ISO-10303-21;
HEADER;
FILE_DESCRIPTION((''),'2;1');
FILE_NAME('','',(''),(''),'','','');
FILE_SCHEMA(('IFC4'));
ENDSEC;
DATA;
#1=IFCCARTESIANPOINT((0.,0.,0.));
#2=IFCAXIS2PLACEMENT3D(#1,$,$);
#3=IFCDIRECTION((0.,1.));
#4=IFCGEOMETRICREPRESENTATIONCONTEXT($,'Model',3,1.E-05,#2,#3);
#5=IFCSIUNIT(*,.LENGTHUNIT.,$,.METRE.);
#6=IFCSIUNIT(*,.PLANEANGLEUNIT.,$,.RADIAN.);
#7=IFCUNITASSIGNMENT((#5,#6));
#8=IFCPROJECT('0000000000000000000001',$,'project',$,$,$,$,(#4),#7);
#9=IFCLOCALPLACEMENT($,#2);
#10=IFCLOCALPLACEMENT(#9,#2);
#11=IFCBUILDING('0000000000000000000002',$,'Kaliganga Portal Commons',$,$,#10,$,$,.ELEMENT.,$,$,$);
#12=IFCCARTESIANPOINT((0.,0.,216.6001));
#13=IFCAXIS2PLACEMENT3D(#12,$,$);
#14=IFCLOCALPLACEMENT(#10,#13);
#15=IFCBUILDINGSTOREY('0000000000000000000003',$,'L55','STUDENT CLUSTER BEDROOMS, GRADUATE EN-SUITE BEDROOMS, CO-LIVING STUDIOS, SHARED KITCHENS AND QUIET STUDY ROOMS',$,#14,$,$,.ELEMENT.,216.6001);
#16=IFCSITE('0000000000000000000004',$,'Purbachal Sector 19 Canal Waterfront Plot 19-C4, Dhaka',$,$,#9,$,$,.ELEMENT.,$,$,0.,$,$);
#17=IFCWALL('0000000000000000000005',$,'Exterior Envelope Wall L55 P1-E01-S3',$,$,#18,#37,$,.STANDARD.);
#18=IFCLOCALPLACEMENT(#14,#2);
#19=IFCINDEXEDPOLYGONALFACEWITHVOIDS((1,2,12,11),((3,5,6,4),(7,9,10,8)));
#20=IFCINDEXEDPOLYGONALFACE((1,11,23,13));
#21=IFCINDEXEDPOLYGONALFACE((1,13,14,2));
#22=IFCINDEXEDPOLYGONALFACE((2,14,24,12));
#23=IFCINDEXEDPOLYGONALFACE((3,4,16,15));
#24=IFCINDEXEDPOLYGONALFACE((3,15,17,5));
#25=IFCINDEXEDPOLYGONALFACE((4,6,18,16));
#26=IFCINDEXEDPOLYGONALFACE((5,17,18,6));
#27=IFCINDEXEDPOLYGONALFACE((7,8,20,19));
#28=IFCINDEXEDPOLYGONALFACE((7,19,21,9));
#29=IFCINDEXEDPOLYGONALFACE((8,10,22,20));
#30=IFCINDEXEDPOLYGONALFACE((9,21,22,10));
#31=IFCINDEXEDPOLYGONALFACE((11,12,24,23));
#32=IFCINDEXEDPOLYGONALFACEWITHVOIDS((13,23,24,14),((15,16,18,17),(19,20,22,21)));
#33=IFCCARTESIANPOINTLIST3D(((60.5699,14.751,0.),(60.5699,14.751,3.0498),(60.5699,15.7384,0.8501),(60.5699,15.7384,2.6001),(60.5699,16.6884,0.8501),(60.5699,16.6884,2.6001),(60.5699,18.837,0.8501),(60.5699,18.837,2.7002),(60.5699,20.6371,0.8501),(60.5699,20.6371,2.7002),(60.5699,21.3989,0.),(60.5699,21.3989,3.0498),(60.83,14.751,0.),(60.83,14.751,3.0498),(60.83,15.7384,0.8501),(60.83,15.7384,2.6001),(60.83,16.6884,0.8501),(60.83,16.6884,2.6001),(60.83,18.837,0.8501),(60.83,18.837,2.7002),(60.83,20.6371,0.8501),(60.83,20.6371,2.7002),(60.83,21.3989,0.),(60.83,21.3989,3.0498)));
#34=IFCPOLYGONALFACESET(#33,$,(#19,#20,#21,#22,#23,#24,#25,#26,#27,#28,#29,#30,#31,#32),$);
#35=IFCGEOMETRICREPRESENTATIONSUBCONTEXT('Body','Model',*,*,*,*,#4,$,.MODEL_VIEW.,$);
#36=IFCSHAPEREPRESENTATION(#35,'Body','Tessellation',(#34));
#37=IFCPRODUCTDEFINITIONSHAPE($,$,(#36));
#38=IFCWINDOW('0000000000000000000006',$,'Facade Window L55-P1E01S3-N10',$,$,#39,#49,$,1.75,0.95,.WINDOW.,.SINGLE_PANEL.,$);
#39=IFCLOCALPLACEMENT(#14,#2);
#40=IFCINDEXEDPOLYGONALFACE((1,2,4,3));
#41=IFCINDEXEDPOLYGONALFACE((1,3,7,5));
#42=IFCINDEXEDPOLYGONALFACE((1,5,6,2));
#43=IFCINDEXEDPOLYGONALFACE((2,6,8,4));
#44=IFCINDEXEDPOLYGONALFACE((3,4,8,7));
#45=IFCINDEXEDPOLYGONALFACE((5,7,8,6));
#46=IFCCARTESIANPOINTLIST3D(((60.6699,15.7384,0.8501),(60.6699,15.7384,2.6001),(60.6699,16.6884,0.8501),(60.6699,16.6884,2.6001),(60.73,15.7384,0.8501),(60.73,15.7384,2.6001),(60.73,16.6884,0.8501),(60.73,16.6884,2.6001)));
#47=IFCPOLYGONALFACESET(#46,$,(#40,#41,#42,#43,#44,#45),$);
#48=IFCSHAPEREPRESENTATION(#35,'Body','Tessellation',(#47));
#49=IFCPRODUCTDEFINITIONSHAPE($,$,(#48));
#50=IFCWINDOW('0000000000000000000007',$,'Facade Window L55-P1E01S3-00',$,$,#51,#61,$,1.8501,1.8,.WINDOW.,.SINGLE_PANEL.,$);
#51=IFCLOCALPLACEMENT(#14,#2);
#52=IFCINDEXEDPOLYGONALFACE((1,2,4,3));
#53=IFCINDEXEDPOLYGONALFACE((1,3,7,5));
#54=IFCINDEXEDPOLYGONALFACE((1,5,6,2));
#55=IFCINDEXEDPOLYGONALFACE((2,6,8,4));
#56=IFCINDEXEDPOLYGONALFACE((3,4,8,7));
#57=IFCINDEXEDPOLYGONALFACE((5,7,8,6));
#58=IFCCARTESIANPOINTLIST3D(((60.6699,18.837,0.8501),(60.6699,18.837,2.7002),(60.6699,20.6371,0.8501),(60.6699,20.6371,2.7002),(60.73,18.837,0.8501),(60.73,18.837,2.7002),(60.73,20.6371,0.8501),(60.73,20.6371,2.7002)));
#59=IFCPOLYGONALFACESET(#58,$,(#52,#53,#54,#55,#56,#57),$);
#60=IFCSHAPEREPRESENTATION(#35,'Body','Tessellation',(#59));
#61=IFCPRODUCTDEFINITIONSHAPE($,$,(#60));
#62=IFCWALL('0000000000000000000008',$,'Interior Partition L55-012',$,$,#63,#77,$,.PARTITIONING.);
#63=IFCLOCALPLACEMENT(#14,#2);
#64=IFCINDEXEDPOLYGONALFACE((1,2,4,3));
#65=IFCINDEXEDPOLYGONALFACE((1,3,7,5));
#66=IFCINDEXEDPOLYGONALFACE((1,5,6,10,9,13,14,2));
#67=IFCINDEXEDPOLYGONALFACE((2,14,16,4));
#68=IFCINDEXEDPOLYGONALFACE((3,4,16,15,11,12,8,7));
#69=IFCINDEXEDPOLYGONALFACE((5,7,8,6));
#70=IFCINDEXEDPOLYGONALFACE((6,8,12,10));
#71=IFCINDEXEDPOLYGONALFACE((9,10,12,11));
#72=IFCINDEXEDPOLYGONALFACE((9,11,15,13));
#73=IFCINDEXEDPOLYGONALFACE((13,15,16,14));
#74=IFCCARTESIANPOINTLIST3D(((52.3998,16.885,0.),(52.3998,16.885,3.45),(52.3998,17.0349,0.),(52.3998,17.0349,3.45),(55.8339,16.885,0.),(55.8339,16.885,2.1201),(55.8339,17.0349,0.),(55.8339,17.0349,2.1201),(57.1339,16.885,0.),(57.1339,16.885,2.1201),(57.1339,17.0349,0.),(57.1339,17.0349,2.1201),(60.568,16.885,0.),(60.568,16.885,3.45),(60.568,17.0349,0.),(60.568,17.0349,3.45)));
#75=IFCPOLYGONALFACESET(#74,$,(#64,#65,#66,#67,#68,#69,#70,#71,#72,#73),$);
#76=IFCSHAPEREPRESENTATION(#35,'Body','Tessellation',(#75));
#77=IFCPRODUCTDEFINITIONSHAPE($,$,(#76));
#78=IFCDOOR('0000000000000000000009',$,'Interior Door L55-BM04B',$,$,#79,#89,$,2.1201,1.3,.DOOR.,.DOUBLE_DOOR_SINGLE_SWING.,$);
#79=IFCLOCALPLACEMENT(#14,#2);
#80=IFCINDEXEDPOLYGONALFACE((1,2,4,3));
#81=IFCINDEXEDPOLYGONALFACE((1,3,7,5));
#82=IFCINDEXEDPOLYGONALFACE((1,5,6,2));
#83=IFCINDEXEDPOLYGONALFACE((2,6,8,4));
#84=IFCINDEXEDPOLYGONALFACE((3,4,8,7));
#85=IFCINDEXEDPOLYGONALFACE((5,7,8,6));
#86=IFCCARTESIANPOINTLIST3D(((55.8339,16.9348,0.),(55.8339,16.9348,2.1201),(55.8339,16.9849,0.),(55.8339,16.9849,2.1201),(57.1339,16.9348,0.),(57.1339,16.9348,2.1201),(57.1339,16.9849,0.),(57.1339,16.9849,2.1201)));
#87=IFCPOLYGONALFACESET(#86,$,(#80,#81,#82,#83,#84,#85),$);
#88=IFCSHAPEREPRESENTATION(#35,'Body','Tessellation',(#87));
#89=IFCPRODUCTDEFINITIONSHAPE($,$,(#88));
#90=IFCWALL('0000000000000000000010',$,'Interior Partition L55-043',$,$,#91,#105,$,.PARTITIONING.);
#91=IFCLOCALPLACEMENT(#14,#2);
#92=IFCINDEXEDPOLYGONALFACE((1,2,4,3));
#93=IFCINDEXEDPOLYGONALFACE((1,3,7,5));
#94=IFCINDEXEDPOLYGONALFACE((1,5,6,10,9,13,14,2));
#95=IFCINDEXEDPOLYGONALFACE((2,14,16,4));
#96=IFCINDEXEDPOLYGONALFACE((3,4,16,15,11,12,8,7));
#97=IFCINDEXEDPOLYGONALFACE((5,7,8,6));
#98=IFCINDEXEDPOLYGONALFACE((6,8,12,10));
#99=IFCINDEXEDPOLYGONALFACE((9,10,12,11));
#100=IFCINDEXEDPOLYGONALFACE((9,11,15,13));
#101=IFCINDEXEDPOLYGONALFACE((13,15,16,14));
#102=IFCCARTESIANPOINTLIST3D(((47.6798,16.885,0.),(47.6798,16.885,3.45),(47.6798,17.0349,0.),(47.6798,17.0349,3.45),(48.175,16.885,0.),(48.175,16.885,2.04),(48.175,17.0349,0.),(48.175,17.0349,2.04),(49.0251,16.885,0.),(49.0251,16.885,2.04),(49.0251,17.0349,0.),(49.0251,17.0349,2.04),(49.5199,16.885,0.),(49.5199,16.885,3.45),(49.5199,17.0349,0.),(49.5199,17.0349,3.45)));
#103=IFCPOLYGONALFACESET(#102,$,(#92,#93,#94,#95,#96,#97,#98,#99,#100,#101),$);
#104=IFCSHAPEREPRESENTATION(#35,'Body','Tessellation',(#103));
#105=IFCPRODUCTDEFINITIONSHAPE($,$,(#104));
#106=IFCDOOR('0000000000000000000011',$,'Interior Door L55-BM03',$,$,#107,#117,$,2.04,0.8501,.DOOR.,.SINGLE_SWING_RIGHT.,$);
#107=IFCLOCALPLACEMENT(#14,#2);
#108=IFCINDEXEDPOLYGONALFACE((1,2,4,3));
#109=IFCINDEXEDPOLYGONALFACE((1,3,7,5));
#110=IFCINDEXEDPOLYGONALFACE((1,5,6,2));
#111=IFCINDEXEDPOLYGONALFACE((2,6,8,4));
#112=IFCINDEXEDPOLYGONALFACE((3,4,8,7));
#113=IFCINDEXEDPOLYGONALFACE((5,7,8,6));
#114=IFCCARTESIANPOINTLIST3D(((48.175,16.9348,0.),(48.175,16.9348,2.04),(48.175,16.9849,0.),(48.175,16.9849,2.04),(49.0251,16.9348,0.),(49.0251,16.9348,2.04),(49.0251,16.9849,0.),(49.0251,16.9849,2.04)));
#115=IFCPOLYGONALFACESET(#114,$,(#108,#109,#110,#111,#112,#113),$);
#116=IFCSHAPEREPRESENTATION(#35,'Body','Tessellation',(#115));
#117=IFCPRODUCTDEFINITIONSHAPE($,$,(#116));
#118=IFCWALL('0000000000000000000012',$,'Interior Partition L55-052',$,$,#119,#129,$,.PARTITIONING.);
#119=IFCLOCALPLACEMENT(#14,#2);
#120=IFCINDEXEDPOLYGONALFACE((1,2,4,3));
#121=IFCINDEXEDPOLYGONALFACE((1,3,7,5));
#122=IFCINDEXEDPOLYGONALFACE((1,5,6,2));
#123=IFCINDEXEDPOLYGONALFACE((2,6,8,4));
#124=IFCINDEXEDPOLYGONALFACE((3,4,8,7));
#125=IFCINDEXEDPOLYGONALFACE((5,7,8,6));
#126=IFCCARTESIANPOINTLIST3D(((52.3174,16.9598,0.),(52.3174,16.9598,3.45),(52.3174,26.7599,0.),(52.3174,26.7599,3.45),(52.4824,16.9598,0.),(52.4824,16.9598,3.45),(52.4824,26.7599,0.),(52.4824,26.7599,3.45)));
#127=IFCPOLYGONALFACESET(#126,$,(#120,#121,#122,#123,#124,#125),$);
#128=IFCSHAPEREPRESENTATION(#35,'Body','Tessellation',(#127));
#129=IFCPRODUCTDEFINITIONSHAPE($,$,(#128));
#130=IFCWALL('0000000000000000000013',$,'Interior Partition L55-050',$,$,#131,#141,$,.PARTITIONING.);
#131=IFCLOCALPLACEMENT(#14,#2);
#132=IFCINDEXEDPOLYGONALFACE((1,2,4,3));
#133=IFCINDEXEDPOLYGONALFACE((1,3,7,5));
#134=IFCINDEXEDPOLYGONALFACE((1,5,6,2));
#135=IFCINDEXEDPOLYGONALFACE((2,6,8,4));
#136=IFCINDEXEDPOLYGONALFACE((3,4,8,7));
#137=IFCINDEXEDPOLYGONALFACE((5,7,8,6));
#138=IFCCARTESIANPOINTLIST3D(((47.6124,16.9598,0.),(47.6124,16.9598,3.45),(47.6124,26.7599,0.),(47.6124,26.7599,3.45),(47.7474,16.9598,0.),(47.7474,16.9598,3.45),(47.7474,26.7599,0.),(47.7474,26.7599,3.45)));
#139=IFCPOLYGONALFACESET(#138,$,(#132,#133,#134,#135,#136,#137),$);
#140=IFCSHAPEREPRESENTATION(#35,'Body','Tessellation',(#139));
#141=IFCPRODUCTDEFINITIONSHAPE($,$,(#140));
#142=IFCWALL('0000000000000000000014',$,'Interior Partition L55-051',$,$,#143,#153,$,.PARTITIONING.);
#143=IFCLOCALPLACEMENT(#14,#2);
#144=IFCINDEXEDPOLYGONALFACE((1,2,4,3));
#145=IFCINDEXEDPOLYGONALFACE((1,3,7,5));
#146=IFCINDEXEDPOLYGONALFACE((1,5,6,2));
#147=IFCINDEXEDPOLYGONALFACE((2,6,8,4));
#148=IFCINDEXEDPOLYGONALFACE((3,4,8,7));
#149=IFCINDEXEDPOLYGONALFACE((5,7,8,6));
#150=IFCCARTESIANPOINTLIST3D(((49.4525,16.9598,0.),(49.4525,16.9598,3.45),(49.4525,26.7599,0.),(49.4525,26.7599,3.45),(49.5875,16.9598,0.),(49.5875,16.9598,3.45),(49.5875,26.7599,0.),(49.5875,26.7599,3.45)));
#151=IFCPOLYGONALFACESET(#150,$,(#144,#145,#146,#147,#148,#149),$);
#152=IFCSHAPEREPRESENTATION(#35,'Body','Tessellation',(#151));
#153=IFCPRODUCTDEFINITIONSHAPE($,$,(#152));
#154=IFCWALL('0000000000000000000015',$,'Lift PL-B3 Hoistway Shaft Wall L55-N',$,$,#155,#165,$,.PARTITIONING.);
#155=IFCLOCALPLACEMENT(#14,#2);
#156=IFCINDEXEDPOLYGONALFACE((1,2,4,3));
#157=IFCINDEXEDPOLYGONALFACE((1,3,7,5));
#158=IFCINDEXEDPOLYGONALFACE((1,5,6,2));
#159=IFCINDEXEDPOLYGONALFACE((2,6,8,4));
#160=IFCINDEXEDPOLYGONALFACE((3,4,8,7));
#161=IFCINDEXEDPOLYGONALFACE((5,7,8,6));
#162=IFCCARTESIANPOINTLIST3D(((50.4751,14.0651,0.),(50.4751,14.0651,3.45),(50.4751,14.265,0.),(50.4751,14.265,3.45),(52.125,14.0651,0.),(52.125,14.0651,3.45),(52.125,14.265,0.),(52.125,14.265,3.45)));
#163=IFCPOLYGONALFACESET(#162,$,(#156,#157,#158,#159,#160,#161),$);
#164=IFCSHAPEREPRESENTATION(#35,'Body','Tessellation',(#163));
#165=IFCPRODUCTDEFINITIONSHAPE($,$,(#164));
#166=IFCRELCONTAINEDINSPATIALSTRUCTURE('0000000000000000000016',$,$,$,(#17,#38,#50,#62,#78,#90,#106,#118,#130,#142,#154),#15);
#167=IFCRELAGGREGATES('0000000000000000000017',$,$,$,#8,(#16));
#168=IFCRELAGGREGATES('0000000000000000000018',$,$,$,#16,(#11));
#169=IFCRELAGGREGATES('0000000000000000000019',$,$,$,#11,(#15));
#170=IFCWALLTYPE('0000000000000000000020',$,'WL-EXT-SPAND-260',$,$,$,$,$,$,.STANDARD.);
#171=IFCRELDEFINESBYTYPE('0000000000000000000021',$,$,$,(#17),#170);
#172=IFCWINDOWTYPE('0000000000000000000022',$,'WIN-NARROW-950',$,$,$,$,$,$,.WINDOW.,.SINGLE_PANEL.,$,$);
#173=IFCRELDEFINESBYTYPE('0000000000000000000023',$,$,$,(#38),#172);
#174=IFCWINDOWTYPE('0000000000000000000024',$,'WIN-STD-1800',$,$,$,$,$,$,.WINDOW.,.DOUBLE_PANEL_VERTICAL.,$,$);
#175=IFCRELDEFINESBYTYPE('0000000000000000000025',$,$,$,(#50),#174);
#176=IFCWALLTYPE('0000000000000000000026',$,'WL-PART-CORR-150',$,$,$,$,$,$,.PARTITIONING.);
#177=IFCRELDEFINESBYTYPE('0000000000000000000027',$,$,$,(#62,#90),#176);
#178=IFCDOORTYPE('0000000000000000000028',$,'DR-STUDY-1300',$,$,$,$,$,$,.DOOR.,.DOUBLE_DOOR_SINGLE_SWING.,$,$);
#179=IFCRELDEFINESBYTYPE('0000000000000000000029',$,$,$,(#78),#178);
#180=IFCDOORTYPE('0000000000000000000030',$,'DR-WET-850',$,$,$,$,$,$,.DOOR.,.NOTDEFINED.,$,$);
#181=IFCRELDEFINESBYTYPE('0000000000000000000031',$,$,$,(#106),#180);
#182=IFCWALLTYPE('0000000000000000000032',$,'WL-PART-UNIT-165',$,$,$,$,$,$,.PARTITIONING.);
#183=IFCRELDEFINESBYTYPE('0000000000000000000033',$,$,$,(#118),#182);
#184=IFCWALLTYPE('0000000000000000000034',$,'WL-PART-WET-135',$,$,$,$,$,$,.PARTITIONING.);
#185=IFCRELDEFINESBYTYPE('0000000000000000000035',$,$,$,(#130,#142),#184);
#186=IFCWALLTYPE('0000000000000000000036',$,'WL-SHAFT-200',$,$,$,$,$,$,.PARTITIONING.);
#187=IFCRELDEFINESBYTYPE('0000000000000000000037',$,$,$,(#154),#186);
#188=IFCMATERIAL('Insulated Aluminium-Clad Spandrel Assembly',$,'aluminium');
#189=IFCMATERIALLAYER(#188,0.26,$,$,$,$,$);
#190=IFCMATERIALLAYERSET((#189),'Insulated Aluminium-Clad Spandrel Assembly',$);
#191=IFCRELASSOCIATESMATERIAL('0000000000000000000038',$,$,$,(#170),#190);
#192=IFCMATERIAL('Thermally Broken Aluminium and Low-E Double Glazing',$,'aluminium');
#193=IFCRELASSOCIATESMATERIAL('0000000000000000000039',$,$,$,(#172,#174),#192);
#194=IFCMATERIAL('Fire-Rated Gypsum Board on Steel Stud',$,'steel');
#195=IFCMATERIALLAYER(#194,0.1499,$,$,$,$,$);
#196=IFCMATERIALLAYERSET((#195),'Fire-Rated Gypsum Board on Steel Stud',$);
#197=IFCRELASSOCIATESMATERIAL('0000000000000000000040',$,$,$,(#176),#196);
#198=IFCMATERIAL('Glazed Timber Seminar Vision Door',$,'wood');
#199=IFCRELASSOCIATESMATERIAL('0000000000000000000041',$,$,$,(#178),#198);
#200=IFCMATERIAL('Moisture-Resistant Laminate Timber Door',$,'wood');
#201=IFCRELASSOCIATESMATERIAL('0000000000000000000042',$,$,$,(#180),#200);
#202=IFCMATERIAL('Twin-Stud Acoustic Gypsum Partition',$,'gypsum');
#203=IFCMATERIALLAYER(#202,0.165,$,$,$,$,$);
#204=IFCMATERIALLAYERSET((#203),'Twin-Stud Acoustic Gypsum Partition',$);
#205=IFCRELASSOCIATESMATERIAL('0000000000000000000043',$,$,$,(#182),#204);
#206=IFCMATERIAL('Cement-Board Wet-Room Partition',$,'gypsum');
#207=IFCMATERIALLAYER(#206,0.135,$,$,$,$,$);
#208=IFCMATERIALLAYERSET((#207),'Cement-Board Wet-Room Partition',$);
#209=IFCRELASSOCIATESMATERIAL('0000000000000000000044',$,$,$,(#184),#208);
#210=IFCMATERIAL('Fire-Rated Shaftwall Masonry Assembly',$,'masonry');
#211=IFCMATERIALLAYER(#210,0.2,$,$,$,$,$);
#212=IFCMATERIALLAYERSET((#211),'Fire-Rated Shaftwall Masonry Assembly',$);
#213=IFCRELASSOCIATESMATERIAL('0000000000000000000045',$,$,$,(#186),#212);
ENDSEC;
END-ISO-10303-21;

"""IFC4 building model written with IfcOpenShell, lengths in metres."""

from ifc_helpers import new_model, si_unit, direction, frame, frame_2d, origin, place, context, subcontext, project, spatial, rectangle, extrude, material, layer, layer_set, type_object, element, fill, save


model = new_model("IFC4")

# Units and contexts
model_context = context("Model", 3, precision=1e-05, world=origin(), true_north=direction((0.0, 1.0)))
body_context = subcontext(model_context, "Body", "Model", "MODEL_VIEW")
ifc_project = project(units=[si_unit("LENGTHUNIT", "METRE"), si_unit("PLANEANGLEUNIT", "RADIAN")], contexts=[model_context])

# Site, building, storey
site_placement = place(None, origin())
site = spatial("IfcSite", under=ifc_project, at=site_placement, Name="Purbachal Sector 19 Canal Waterfront Plot 19-C4, Dhaka", CompositionType="ELEMENT", RefElevation=0.0)
building_placement = place(site_placement, origin())
building = spatial("IfcBuilding", under=site, at=building_placement, Name="Kaliganga Portal Commons", CompositionType="ELEMENT")
storey_placement = place(building_placement, frame((0.0, 0.0, 216.6001)))
storey = spatial("IfcBuildingStorey", under=building, at=storey_placement, Name="L55", Description="STUDENT CLUSTER BEDROOMS, GRADUATE EN-SUITE BEDROOMS, CO-LIVING STUDIOS, SHARED KITCHENS AND QUIET STUDY ROOMS", CompositionType="ELEMENT", Elevation=216.6001)

# Shared definitions
ifc_material_1 = material(Name="Insulated Aluminium-Clad Spandrel Assembly", Category="aluminium")
ifc_layer_1 = layer(ifc_material_1, 0.26)
ifc_layer_set_1 = layer_set([ifc_layer_1], Name="Insulated Aluminium-Clad Spandrel Assembly")
wall_type_1 = type_object("IfcWallType", Name="WL-EXT-SPAND-260", PredefinedType="STANDARD", material=ifc_layer_set_1)

# Wall, openings, windows
wall_1_placement = place(storey_placement, frame((60.7, 21.3989, 0.0), z_axis=(0.0, 0.0, 1.0), x_axis=(0.0, -1.0, 0.0)))
wall_1 = element("IfcWall", 1, at=wall_1_placement, inside=storey, type_object=wall_type_1, Name="Exterior Envelope Wall L55 P1-E01-S3", PredefinedType="STANDARD", context=body_context, shape_type="SweptSolid", body=[
    extrude(rectangle(XDim=6.6479, YDim=0.26, at=frame_2d((3.324, 0.0))), origin(), (0.0, 0.0, 1.0), 3.0498),
])
opening_1_placement = place(wall_1_placement, frame((0.762, 0.0, 0.8501)))
opening_1 = element("IfcOpeningElement", 2, at=opening_1_placement, cuts=wall_1, PredefinedType="OPENING", context=body_context, shape_type="SweptSolid", body=[
    extrude(rectangle(XDim=1.8, YDim=1.8501, at=frame_2d((0.8999, 0.925))), frame((0.0, 0.1401, 0.0), z_axis=(0.0, -1.0, 0.0), x_axis=(1.0, 0.0, 0.0)), (0.0, 0.0, 1.0), 0.28),
])
opening_2_placement = place(wall_1_placement, frame((4.7104, 0.0, 0.8501)))
opening_2 = element("IfcOpeningElement", 3, at=opening_2_placement, cuts=wall_1, PredefinedType="OPENING", context=body_context, shape_type="SweptSolid", body=[
    extrude(rectangle(XDim=0.95, YDim=1.75, at=frame_2d((0.4751, 0.875))), frame((0.0, 0.1401, 0.0), z_axis=(0.0, -1.0, 0.0), x_axis=(1.0, 0.0, 0.0)), (0.0, 0.0, 1.0), 0.28),
])
ifc_material_2 = material(Name="Thermally Broken Aluminium and Low-E Double Glazing", Category="aluminium")
window_type_1 = type_object("IfcWindowType", Name="WIN-NARROW-950", PartitioningType="SINGLE_PANEL", PredefinedType="WINDOW", material=ifc_material_2)
window_1_placement = place(opening_2_placement, origin())
window_1 = element("IfcWindow", 4, at=window_1_placement, inside=storey, type_object=window_type_1, Name="Facade Window L55-P1E01S3-N10", OverallHeight=1.75, OverallWidth=0.95, PartitioningType="SINGLE_PANEL", PredefinedType="WINDOW", context=body_context, shape_type="SweptSolid", body=[
    extrude(rectangle(XDim=0.95, YDim=1.75, at=frame_2d((0.4751, 0.875))), frame((0.0, 0.03, 0.0), z_axis=(0.0, -1.0, 0.0), x_axis=(1.0, 0.0, 0.0)), (0.0, 0.0, 1.0), 0.0601),
])
fill(opening_2, window_1)
window_type_2 = type_object("IfcWindowType", Name="WIN-STD-1800", PartitioningType="DOUBLE_PANEL_VERTICAL", PredefinedType="WINDOW", material=ifc_material_2)
window_2_placement = place(opening_1_placement, origin())
window_2 = element("IfcWindow", 5, at=window_2_placement, inside=storey, type_object=window_type_2, Name="Facade Window L55-P1E01S3-00", OverallHeight=1.8501, OverallWidth=1.8, PartitioningType="SINGLE_PANEL", PredefinedType="WINDOW", context=body_context, shape_type="SweptSolid", body=[
    extrude(rectangle(XDim=1.8, YDim=1.8501, at=frame_2d((0.8999, 0.925))), frame((0.0, 0.03, 0.0), z_axis=(0.0, -1.0, 0.0), x_axis=(1.0, 0.0, 0.0)), (0.0, 0.0, 1.0), 0.0601),
])
fill(opening_1, window_2)

# Walls, openings, doors
ifc_material_3 = material(Name="Fire-Rated Gypsum Board on Steel Stud", Category="steel")
ifc_layer_2 = layer(ifc_material_3, 0.1499)
ifc_layer_set_2 = layer_set([ifc_layer_2], Name="Fire-Rated Gypsum Board on Steel Stud")
wall_type_2 = type_object("IfcWallType", Name="WL-PART-CORR-150", PredefinedType="PARTITIONING", material=ifc_layer_set_2)
wall_2_placement = place(storey_placement, frame((52.3999, 16.96, 0.0), z_axis=(0.0, 0.0, 1.0), x_axis=(1.0, 0.0, 0.0)))
wall_2 = element("IfcWall", 6, at=wall_2_placement, inside=storey, type_object=wall_type_2, Name="Interior Partition L55-012", PredefinedType="PARTITIONING", context=body_context, shape_type="SweptSolid", body=[
    extrude(rectangle(XDim=8.1682, YDim=0.1499, at=frame_2d((4.084, 0.0))), origin(), (0.0, 0.0, 1.0), 3.45),
])
opening_3_placement = place(wall_2_placement, frame((3.4341, 0.0, 0.0)))
opening_3 = element("IfcOpeningElement", 7, at=opening_3_placement, cuts=wall_2, PredefinedType="OPENING", context=body_context, shape_type="SweptSolid", body=[
    extrude(rectangle(XDim=1.3, YDim=2.1201, at=frame_2d((0.6499, 1.0601))), frame((0.0, 0.085, 0.0), z_axis=(0.0, -1.0, 0.0), x_axis=(1.0, 0.0, 0.0)), (0.0, 0.0, 1.0), 0.1699),
])
ifc_material_4 = material(Name="Glazed Timber Seminar Vision Door", Category="wood")
door_type_1 = type_object("IfcDoorType", Name="DR-STUDY-1300", OperationType="DOUBLE_DOOR_SINGLE_SWING", PredefinedType="DOOR", material=ifc_material_4)
door_1_placement = place(opening_3_placement, origin())
door_1 = element("IfcDoor", 8, at=door_1_placement, inside=storey, type_object=door_type_1, Name="Interior Door L55-BM04B", OperationType="DOUBLE_DOOR_SINGLE_SWING", OverallHeight=2.1201, OverallWidth=1.3, PredefinedType="DOOR", context=body_context, shape_type="SweptSolid", body=[
    extrude(rectangle(XDim=1.3, YDim=2.1201, at=frame_2d((0.6499, 1.0601))), frame((0.0, 0.0249, 0.0), z_axis=(0.0, -1.0, 0.0), x_axis=(1.0, 0.0, 0.0)), (0.0, 0.0, 1.0), 0.05),
])
fill(opening_3, door_1)
wall_3_placement = place(storey_placement, frame((47.6799, 16.96, 0.0), z_axis=(0.0, 0.0, 1.0), x_axis=(1.0, 0.0, 0.0)))
wall_3 = element("IfcWall", 9, at=wall_3_placement, inside=storey, type_object=wall_type_2, Name="Interior Partition L55-043", PredefinedType="PARTITIONING", context=body_context, shape_type="SweptSolid", body=[
    extrude(rectangle(XDim=1.8401, YDim=0.1499, at=frame_2d((0.9199, 0.0))), origin(), (0.0, 0.0, 1.0), 3.45),
])
opening_4_placement = place(wall_3_placement, frame((0.4951, 0.0, 0.0)))
opening_4 = element("IfcOpeningElement", 10, at=opening_4_placement, cuts=wall_3, PredefinedType="OPENING", context=body_context, shape_type="SweptSolid", body=[
    extrude(rectangle(XDim=0.8501, YDim=2.04, at=frame_2d((0.425, 1.02))), frame((0.0, 0.085, 0.0), z_axis=(0.0, -1.0, 0.0), x_axis=(1.0, 0.0, 0.0)), (0.0, 0.0, 1.0), 0.1699),
])
ifc_material_5 = material(Name="Moisture-Resistant Laminate Timber Door", Category="wood")
door_type_2 = type_object("IfcDoorType", Name="DR-WET-850", OperationType="NOTDEFINED", PredefinedType="DOOR", material=ifc_material_5)
door_2_placement = place(opening_4_placement, origin())
door_2 = element("IfcDoor", 11, at=door_2_placement, inside=storey, type_object=door_type_2, Name="Interior Door L55-BM03", OperationType="SINGLE_SWING_RIGHT", OverallHeight=2.04, OverallWidth=0.8501, PredefinedType="DOOR", context=body_context, shape_type="SweptSolid", body=[
    extrude(rectangle(XDim=0.8501, YDim=2.04, at=frame_2d((0.425, 1.02))), frame((0.0, 0.0249, 0.0), z_axis=(0.0, -1.0, 0.0), x_axis=(1.0, 0.0, 0.0)), (0.0, 0.0, 1.0), 0.05),
])
fill(opening_4, door_2)

# Walls
ifc_material_6 = material(Name="Twin-Stud Acoustic Gypsum Partition", Category="gypsum")
ifc_layer_3 = layer(ifc_material_6, 0.165)
ifc_layer_set_3 = layer_set([ifc_layer_3], Name="Twin-Stud Acoustic Gypsum Partition")
wall_type_3 = type_object("IfcWallType", Name="WL-PART-UNIT-165", PredefinedType="PARTITIONING", material=ifc_layer_set_3)
wall_4_placement = place(storey_placement, frame((52.3999, 16.96, 0.0), z_axis=(0.0, 0.0, 1.0), x_axis=(0.0, 1.0, 0.0)))
element("IfcWall", 12, at=wall_4_placement, inside=storey, type_object=wall_type_3, Name="Interior Partition L55-052", PredefinedType="PARTITIONING", context=body_context, shape_type="SweptSolid", body=[
    extrude(rectangle(XDim=9.8, YDim=0.165, at=frame_2d((4.8999, 0.0))), origin(), (0.0, 0.0, 1.0), 3.45),
])
ifc_material_7 = material(Name="Cement-Board Wet-Room Partition", Category="gypsum")
ifc_layer_4 = layer(ifc_material_7, 0.135)
ifc_layer_set_4 = layer_set([ifc_layer_4], Name="Cement-Board Wet-Room Partition")
wall_type_4 = type_object("IfcWallType", Name="WL-PART-WET-135", PredefinedType="PARTITIONING", material=ifc_layer_set_4)
for number, where, z_axis, x_axis, name in (
    (13, (47.6799, 16.96, 0.0), (0.0, 0.0, 1.0), (0.0, 1.0, 0.0), "Interior Partition L55-050"),
    (14, (49.52, 16.96, 0.0), (0.0, 0.0, 1.0), (0.0, 1.0, 0.0), "Interior Partition L55-051"),
):
    element("IfcWall", number, at=place(storey_placement, frame(where, z_axis=z_axis, x_axis=x_axis)), inside=storey, type_object=wall_type_4, Name=name, PredefinedType="PARTITIONING", context=body_context, shape_type="SweptSolid", body=[
        extrude(rectangle(XDim=9.8, YDim=0.135, at=frame_2d((4.8999, 0.0))), origin(), (0.0, 0.0, 1.0), 3.45),
    ])
ifc_material_8 = material(Name="Fire-Rated Shaftwall Masonry Assembly", Category="masonry")
ifc_layer_5 = layer(ifc_material_8, 0.2)
ifc_layer_set_5 = layer_set([ifc_layer_5], Name="Fire-Rated Shaftwall Masonry Assembly")
wall_type_5 = type_object("IfcWallType", Name="WL-SHAFT-200", PredefinedType="PARTITIONING", material=ifc_layer_set_5)
wall_5_placement = place(storey_placement, frame((50.4751, 14.165, 0.0), z_axis=(0.0, 0.0, 1.0), x_axis=(1.0, 0.0, 0.0)))
element("IfcWall", 15, at=wall_5_placement, inside=storey, type_object=wall_type_5, Name="Lift PL-B3 Hoistway Shaft Wall L55-N", PredefinedType="PARTITIONING", context=body_context, shape_type="SweptSolid", body=[
    extrude(rectangle(XDim=1.6499, YDim=0.2, at=frame_2d((0.825, 0.0))), origin(), (0.0, 0.0, 1.0), 3.45),
])

save(model, "model.ifc")
